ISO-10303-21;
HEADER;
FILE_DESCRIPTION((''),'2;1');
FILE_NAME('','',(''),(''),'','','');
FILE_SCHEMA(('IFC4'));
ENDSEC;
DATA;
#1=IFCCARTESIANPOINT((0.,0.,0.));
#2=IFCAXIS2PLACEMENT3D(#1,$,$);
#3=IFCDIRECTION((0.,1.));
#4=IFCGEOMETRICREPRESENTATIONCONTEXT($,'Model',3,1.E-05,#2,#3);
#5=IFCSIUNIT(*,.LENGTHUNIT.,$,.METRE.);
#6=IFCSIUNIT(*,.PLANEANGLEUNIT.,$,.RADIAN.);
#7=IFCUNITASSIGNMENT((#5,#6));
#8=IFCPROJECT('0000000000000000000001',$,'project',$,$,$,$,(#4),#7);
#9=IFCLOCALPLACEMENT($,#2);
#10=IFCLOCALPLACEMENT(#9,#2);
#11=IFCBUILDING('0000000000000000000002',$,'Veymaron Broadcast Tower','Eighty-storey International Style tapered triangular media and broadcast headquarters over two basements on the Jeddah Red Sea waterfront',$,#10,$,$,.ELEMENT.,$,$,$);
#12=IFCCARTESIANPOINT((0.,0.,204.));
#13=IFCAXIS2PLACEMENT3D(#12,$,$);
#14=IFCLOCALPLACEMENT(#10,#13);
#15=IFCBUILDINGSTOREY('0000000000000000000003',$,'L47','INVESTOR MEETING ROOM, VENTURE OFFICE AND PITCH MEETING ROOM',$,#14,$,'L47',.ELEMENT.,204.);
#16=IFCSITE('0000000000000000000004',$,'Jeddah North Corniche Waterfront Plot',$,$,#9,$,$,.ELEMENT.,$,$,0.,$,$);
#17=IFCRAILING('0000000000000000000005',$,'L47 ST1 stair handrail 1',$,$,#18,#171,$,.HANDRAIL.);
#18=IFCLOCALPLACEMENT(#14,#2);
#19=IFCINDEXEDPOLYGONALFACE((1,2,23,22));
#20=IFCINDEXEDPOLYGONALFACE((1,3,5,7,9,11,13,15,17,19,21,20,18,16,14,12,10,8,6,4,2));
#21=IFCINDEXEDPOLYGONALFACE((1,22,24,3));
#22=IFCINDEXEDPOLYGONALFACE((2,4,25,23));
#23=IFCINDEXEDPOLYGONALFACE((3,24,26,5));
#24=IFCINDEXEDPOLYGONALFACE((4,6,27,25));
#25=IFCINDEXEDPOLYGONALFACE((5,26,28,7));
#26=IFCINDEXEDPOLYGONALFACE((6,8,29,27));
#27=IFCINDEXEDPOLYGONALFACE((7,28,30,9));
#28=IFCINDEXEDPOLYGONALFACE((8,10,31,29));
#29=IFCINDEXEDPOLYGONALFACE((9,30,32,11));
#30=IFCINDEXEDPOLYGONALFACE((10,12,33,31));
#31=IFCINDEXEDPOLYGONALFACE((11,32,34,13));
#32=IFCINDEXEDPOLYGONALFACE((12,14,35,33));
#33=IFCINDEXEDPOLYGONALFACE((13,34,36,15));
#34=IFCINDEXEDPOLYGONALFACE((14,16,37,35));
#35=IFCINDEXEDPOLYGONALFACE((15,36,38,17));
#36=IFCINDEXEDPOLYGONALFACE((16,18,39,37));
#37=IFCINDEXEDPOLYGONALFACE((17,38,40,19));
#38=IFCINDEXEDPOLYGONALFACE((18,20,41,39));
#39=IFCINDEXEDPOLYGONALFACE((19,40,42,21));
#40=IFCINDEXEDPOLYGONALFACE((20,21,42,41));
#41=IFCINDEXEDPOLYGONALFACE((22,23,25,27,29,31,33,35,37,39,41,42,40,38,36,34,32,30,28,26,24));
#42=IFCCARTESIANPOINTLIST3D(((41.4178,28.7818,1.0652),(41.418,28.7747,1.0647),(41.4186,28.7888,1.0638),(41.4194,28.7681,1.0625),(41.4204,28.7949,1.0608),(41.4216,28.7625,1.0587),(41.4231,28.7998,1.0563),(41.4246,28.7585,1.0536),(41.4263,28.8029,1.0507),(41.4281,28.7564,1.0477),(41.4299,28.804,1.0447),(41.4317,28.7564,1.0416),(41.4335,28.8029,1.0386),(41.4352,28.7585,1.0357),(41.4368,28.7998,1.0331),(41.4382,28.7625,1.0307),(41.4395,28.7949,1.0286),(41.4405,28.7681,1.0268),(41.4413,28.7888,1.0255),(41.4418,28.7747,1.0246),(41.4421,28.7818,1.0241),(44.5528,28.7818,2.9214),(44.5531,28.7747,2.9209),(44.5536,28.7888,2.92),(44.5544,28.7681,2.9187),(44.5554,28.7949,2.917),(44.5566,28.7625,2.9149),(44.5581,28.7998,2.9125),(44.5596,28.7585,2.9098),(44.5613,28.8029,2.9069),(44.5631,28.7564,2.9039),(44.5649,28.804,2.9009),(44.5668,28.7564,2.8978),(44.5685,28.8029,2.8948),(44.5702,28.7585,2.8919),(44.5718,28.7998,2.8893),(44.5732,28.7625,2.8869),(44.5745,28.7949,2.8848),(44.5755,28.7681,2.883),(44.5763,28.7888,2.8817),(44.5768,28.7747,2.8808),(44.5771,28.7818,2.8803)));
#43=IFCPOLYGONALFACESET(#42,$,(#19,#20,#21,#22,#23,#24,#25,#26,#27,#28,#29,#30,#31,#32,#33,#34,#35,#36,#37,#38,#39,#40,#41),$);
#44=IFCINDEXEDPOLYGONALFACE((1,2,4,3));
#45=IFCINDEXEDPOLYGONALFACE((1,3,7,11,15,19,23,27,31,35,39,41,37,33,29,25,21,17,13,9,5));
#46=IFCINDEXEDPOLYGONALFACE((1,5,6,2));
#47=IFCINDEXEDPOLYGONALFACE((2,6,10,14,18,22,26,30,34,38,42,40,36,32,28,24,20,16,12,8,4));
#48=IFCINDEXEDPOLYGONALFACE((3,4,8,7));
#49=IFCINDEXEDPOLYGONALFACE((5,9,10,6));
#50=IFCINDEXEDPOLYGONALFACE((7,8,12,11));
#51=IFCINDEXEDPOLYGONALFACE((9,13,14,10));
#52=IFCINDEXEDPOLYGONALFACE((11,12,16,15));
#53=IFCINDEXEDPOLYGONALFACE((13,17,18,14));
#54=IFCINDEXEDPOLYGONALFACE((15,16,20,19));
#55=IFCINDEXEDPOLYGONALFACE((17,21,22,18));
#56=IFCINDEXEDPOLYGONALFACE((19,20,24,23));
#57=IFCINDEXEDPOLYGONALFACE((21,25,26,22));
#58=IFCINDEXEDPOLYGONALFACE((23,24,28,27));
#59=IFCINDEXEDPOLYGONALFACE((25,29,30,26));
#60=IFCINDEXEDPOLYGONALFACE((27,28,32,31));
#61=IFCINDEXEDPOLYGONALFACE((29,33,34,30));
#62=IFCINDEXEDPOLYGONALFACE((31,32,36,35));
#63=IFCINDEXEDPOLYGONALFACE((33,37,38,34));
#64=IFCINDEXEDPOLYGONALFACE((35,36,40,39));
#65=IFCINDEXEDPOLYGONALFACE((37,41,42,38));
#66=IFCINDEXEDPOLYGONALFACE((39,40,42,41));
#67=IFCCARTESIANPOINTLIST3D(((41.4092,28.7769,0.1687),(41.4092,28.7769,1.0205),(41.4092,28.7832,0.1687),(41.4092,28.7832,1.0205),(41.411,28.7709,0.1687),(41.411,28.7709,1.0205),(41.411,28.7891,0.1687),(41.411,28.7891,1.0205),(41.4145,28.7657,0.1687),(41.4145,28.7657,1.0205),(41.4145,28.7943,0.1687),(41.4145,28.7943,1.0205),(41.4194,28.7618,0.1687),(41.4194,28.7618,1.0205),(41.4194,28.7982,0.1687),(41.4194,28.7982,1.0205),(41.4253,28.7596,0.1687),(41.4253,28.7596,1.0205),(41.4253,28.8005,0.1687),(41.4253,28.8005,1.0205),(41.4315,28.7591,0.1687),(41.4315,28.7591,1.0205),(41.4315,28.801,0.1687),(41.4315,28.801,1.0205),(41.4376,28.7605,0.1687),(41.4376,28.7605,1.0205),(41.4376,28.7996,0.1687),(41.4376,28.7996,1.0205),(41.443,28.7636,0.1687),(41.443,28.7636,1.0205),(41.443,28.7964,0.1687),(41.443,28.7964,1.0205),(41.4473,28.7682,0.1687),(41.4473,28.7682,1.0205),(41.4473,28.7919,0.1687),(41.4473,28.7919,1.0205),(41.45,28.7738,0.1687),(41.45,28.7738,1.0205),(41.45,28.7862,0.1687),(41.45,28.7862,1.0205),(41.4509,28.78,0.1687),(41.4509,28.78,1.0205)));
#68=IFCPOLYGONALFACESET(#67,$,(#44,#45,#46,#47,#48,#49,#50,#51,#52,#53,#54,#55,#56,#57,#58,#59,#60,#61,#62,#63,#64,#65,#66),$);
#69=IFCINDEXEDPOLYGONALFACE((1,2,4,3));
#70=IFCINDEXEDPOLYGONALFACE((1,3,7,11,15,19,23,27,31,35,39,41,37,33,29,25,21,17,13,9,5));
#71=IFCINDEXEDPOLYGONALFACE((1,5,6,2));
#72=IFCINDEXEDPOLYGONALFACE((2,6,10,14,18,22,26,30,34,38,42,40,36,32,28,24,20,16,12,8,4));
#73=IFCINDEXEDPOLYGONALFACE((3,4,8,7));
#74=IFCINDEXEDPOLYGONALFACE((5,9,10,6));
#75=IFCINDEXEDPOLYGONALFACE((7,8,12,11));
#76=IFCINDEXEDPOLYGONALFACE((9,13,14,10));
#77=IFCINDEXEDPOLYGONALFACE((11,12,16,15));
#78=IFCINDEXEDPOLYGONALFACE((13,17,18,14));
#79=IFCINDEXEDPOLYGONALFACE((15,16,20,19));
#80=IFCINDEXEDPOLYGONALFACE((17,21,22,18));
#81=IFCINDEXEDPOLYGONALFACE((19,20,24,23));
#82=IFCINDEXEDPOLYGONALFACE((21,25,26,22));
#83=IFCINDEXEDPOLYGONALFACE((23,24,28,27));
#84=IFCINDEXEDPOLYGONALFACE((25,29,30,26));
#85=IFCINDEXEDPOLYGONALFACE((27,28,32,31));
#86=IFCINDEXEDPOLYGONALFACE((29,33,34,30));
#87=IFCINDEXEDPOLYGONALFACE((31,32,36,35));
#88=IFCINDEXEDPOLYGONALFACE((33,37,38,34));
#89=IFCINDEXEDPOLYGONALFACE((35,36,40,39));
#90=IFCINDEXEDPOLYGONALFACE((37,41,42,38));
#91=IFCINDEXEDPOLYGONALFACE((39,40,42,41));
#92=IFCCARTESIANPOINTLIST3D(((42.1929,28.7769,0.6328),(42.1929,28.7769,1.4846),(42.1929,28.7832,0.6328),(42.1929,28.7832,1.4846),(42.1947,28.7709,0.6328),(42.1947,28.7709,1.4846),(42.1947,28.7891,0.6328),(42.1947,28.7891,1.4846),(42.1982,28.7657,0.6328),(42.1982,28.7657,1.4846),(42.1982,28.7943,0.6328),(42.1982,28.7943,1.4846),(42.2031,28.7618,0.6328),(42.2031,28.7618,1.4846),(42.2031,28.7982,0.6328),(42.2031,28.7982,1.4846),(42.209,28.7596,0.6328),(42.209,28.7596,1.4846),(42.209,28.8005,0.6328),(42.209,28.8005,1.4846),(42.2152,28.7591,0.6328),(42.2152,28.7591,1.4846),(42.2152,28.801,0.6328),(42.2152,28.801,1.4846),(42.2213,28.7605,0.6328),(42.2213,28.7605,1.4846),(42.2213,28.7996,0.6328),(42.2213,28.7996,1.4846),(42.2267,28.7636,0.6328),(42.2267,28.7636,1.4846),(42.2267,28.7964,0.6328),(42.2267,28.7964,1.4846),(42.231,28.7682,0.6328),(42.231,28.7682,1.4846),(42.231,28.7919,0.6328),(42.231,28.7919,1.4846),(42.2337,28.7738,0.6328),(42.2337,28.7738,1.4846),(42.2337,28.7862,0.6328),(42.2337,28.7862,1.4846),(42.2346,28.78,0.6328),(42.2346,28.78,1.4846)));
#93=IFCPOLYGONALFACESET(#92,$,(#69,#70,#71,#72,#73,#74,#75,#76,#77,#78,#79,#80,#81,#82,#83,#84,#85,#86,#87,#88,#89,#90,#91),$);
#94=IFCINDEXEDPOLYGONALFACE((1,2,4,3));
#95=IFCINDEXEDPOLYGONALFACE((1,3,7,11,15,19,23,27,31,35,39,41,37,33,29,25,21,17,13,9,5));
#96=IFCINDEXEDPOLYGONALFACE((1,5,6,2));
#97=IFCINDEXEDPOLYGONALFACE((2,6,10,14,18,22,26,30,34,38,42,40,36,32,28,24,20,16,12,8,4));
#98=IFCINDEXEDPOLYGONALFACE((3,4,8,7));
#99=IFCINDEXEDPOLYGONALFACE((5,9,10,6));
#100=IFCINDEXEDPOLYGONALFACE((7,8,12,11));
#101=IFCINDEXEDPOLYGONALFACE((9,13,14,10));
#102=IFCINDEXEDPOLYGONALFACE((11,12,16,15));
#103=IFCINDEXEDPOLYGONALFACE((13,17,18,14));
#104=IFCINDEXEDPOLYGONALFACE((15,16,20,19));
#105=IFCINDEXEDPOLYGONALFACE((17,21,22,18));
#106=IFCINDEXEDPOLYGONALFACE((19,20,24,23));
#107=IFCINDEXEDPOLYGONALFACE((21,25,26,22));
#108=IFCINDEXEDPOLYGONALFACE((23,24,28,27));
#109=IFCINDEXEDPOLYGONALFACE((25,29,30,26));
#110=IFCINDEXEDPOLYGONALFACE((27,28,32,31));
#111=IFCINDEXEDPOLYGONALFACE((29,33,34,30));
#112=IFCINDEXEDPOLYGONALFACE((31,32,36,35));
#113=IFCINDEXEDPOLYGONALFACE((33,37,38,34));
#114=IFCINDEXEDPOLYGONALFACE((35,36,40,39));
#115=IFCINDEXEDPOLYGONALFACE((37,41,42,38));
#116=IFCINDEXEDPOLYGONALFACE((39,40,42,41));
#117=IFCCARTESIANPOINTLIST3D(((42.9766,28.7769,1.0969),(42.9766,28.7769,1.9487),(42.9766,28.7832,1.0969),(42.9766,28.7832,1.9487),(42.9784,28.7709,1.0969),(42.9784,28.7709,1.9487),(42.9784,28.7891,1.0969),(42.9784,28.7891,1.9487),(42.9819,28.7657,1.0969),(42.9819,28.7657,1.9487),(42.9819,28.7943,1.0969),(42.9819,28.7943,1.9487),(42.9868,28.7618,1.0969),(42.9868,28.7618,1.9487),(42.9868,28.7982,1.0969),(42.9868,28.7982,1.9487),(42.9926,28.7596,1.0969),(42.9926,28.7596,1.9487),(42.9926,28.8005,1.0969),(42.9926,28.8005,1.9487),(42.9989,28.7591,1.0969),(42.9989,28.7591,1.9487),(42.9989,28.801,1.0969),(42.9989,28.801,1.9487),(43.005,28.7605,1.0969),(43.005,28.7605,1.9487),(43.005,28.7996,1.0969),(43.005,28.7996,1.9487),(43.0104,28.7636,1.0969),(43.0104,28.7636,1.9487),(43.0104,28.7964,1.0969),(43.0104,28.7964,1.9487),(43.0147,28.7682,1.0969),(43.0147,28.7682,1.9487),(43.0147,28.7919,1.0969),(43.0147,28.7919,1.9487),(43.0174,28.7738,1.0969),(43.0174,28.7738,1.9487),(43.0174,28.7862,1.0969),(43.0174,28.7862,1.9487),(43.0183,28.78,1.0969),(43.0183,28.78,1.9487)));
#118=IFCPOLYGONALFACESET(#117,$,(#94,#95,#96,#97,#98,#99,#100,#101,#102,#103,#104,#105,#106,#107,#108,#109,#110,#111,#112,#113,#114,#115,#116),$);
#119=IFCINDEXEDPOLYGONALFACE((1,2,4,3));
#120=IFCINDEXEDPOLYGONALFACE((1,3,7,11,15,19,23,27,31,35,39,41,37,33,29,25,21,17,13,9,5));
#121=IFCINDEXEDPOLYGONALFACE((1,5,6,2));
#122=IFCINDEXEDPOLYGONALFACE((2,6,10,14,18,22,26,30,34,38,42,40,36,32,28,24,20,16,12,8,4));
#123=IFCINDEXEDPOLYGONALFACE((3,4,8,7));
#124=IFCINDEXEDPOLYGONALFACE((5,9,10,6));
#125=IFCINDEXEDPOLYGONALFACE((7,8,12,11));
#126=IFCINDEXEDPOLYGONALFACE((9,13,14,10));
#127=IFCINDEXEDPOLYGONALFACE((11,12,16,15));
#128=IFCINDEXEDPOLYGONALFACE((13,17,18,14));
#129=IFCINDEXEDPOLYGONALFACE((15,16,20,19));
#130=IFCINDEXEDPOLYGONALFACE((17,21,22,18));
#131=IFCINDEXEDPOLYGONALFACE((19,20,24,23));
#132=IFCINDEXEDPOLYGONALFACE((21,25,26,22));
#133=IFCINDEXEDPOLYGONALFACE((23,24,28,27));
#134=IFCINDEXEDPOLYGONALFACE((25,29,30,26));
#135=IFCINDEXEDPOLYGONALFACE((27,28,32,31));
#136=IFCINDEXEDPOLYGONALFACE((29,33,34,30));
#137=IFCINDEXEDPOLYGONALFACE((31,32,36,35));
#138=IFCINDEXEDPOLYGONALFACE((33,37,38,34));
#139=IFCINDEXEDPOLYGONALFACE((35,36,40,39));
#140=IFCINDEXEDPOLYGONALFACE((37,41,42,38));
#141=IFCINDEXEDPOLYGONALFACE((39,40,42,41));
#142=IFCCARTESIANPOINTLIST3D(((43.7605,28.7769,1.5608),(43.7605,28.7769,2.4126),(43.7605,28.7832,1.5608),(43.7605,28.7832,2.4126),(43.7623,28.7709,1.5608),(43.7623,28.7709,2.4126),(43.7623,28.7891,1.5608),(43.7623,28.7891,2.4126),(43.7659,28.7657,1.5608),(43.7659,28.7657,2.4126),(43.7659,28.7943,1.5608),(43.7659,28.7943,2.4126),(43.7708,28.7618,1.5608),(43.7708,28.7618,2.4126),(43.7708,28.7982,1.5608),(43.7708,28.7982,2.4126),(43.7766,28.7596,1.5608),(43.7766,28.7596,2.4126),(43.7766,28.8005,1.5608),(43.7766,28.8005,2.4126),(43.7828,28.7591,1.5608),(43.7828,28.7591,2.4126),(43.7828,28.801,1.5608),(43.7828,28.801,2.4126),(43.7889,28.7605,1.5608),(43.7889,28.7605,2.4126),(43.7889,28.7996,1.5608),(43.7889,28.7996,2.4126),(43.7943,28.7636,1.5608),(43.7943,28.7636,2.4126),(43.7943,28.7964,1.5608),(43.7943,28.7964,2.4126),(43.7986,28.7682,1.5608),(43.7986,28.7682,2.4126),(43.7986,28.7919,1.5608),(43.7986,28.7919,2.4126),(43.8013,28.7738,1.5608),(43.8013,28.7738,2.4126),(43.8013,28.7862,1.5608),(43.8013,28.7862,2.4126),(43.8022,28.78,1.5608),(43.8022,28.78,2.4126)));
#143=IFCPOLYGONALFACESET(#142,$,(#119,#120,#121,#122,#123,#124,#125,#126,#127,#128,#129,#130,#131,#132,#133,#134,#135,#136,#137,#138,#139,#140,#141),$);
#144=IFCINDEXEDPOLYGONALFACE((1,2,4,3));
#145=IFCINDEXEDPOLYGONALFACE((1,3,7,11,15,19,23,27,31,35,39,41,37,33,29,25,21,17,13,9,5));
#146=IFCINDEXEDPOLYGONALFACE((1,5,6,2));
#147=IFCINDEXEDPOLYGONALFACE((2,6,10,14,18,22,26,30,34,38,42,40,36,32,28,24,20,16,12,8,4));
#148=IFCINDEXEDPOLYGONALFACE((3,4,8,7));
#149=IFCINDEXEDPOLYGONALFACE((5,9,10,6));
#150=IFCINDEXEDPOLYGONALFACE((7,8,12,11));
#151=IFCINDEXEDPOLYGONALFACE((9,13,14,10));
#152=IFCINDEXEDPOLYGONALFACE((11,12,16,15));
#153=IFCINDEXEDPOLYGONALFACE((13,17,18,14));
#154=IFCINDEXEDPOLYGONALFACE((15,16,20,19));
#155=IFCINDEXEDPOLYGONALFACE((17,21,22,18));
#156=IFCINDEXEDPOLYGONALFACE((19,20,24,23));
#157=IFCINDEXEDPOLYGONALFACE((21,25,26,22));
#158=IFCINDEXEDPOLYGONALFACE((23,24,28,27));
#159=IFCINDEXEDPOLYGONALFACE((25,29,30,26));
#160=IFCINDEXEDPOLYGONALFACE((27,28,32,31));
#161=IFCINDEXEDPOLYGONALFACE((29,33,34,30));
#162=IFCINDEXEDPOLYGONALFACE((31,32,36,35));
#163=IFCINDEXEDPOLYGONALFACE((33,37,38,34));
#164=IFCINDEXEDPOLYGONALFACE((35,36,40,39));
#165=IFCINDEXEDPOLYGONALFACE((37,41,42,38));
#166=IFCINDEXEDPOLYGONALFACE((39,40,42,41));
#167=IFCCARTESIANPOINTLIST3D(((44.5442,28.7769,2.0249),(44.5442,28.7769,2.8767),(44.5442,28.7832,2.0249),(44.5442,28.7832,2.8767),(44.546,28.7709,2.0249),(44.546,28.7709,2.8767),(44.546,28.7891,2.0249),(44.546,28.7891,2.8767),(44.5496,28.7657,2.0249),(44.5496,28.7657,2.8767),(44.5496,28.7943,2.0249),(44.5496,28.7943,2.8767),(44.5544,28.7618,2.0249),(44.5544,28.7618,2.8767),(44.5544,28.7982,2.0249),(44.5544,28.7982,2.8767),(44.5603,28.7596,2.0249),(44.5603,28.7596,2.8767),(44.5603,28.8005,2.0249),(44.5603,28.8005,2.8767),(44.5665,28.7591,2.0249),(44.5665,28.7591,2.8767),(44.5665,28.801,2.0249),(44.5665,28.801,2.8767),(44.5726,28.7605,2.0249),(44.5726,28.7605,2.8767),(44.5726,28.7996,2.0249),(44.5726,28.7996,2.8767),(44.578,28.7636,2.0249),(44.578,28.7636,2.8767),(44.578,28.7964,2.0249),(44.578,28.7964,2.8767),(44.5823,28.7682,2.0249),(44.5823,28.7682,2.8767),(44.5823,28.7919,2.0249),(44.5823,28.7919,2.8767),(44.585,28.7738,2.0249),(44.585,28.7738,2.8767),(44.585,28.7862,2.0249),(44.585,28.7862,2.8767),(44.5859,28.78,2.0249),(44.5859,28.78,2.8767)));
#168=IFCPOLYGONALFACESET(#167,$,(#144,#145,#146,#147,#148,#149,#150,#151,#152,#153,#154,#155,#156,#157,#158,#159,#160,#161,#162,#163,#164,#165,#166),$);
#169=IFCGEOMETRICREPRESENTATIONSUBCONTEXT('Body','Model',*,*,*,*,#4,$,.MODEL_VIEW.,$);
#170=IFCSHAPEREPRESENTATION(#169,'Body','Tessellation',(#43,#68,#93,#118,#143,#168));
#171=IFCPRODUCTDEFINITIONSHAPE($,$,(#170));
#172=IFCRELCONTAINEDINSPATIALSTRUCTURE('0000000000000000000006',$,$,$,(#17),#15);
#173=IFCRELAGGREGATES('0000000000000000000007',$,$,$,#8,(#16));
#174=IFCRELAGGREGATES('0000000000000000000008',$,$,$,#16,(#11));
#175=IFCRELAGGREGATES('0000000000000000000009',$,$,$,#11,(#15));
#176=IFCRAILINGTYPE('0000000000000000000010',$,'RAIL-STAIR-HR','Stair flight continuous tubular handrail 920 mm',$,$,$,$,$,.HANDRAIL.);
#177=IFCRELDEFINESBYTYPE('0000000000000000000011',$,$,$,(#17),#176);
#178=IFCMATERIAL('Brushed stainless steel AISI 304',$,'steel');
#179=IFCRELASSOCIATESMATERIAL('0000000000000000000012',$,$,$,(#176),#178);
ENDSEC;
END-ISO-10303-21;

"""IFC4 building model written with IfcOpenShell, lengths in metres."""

from ifc_helpers import new_model, si_unit, direction, frame, origin, origin_2d, place, context, subcontext, project, spatial, circle, extrude, material, type_object, element, save


model = new_model("IFC4")

# Units and contexts
model_context = context("Model", 3, precision=1e-05, world=origin(), true_north=direction((0.0, 1.0)))
body_context = subcontext(model_context, "Body", "Model", "MODEL_VIEW")
ifc_project = project(units=[si_unit("LENGTHUNIT", "METRE"), si_unit("PLANEANGLEUNIT", "RADIAN")], contexts=[model_context])

# Site, building, storey
site_placement = place(None, origin())
site = spatial("IfcSite", under=ifc_project, at=site_placement, Name="Jeddah North Corniche Waterfront Plot", CompositionType="ELEMENT", RefElevation=0.0)
building_placement = place(site_placement, origin())
building = spatial("IfcBuilding", under=site, at=building_placement, Name="Veymaron Broadcast Tower", Description="Eighty-storey International Style tapered triangular media and broadcast headquarters over two basements on the Jeddah Red Sea waterfront", CompositionType="ELEMENT")
storey_placement = place(building_placement, frame((0.0, 0.0, 204.0)))
storey = spatial("IfcBuildingStorey", under=building, at=storey_placement, Name="L47", Description="INVESTOR MEETING ROOM, VENTURE OFFICE AND PITCH MEETING ROOM", LongName="L47", CompositionType="ELEMENT", Elevation=204.0)

# Shared definitions
ifc_material_1 = material(Name="Brushed stainless steel AISI 304", Category="steel")

# Railing
railing_type_1 = type_object("IfcRailingType", Name="RAIL-STAIR-HR", Description="Stair flight continuous tubular handrail 920 mm", PredefinedType="HANDRAIL", material=ifc_material_1)
railing_1_placement = place(storey_placement, frame((41.4299, 28.78, 0.1687)))
element("IfcRailing", 1, at=railing_1_placement, inside=storey, type_object=railing_type_1, Name="L47 ST1 stair handrail 1", PredefinedType="HANDRAIL", context=body_context, shape_type="SweptSolid", body=[
    extrude(circle(Radius=0.0239, at=origin_2d()), frame((0.0, 0.0, 0.876), z_axis=(0.860482, 0.0, 0.509481), x_axis=(0.0, 1.0, 0.0)), (0.0, 0.0, 1.0), 3.6433),
    extrude(circle(Radius=0.021, at=origin_2d()), origin(), (0.0, 0.0, 1.0), 0.8518),
    extrude(circle(Radius=0.021, at=origin_2d()), frame((0.7837, 0.0, 0.4641)), (0.0, 0.0, 1.0), 0.8518),
    extrude(circle(Radius=0.021, at=origin_2d()), frame((1.5674, 0.0, 0.9282)), (0.0, 0.0, 1.0), 0.8518),
    extrude(circle(Radius=0.021, at=origin_2d()), frame((2.3513, 0.0, 1.3921)), (0.0, 0.0, 1.0), 0.8518),
    extrude(circle(Radius=0.021, at=origin_2d()), frame((3.135, 0.0, 1.8562)), (0.0, 0.0, 1.0), 0.8518),
])

save(model, "model.ifc")
